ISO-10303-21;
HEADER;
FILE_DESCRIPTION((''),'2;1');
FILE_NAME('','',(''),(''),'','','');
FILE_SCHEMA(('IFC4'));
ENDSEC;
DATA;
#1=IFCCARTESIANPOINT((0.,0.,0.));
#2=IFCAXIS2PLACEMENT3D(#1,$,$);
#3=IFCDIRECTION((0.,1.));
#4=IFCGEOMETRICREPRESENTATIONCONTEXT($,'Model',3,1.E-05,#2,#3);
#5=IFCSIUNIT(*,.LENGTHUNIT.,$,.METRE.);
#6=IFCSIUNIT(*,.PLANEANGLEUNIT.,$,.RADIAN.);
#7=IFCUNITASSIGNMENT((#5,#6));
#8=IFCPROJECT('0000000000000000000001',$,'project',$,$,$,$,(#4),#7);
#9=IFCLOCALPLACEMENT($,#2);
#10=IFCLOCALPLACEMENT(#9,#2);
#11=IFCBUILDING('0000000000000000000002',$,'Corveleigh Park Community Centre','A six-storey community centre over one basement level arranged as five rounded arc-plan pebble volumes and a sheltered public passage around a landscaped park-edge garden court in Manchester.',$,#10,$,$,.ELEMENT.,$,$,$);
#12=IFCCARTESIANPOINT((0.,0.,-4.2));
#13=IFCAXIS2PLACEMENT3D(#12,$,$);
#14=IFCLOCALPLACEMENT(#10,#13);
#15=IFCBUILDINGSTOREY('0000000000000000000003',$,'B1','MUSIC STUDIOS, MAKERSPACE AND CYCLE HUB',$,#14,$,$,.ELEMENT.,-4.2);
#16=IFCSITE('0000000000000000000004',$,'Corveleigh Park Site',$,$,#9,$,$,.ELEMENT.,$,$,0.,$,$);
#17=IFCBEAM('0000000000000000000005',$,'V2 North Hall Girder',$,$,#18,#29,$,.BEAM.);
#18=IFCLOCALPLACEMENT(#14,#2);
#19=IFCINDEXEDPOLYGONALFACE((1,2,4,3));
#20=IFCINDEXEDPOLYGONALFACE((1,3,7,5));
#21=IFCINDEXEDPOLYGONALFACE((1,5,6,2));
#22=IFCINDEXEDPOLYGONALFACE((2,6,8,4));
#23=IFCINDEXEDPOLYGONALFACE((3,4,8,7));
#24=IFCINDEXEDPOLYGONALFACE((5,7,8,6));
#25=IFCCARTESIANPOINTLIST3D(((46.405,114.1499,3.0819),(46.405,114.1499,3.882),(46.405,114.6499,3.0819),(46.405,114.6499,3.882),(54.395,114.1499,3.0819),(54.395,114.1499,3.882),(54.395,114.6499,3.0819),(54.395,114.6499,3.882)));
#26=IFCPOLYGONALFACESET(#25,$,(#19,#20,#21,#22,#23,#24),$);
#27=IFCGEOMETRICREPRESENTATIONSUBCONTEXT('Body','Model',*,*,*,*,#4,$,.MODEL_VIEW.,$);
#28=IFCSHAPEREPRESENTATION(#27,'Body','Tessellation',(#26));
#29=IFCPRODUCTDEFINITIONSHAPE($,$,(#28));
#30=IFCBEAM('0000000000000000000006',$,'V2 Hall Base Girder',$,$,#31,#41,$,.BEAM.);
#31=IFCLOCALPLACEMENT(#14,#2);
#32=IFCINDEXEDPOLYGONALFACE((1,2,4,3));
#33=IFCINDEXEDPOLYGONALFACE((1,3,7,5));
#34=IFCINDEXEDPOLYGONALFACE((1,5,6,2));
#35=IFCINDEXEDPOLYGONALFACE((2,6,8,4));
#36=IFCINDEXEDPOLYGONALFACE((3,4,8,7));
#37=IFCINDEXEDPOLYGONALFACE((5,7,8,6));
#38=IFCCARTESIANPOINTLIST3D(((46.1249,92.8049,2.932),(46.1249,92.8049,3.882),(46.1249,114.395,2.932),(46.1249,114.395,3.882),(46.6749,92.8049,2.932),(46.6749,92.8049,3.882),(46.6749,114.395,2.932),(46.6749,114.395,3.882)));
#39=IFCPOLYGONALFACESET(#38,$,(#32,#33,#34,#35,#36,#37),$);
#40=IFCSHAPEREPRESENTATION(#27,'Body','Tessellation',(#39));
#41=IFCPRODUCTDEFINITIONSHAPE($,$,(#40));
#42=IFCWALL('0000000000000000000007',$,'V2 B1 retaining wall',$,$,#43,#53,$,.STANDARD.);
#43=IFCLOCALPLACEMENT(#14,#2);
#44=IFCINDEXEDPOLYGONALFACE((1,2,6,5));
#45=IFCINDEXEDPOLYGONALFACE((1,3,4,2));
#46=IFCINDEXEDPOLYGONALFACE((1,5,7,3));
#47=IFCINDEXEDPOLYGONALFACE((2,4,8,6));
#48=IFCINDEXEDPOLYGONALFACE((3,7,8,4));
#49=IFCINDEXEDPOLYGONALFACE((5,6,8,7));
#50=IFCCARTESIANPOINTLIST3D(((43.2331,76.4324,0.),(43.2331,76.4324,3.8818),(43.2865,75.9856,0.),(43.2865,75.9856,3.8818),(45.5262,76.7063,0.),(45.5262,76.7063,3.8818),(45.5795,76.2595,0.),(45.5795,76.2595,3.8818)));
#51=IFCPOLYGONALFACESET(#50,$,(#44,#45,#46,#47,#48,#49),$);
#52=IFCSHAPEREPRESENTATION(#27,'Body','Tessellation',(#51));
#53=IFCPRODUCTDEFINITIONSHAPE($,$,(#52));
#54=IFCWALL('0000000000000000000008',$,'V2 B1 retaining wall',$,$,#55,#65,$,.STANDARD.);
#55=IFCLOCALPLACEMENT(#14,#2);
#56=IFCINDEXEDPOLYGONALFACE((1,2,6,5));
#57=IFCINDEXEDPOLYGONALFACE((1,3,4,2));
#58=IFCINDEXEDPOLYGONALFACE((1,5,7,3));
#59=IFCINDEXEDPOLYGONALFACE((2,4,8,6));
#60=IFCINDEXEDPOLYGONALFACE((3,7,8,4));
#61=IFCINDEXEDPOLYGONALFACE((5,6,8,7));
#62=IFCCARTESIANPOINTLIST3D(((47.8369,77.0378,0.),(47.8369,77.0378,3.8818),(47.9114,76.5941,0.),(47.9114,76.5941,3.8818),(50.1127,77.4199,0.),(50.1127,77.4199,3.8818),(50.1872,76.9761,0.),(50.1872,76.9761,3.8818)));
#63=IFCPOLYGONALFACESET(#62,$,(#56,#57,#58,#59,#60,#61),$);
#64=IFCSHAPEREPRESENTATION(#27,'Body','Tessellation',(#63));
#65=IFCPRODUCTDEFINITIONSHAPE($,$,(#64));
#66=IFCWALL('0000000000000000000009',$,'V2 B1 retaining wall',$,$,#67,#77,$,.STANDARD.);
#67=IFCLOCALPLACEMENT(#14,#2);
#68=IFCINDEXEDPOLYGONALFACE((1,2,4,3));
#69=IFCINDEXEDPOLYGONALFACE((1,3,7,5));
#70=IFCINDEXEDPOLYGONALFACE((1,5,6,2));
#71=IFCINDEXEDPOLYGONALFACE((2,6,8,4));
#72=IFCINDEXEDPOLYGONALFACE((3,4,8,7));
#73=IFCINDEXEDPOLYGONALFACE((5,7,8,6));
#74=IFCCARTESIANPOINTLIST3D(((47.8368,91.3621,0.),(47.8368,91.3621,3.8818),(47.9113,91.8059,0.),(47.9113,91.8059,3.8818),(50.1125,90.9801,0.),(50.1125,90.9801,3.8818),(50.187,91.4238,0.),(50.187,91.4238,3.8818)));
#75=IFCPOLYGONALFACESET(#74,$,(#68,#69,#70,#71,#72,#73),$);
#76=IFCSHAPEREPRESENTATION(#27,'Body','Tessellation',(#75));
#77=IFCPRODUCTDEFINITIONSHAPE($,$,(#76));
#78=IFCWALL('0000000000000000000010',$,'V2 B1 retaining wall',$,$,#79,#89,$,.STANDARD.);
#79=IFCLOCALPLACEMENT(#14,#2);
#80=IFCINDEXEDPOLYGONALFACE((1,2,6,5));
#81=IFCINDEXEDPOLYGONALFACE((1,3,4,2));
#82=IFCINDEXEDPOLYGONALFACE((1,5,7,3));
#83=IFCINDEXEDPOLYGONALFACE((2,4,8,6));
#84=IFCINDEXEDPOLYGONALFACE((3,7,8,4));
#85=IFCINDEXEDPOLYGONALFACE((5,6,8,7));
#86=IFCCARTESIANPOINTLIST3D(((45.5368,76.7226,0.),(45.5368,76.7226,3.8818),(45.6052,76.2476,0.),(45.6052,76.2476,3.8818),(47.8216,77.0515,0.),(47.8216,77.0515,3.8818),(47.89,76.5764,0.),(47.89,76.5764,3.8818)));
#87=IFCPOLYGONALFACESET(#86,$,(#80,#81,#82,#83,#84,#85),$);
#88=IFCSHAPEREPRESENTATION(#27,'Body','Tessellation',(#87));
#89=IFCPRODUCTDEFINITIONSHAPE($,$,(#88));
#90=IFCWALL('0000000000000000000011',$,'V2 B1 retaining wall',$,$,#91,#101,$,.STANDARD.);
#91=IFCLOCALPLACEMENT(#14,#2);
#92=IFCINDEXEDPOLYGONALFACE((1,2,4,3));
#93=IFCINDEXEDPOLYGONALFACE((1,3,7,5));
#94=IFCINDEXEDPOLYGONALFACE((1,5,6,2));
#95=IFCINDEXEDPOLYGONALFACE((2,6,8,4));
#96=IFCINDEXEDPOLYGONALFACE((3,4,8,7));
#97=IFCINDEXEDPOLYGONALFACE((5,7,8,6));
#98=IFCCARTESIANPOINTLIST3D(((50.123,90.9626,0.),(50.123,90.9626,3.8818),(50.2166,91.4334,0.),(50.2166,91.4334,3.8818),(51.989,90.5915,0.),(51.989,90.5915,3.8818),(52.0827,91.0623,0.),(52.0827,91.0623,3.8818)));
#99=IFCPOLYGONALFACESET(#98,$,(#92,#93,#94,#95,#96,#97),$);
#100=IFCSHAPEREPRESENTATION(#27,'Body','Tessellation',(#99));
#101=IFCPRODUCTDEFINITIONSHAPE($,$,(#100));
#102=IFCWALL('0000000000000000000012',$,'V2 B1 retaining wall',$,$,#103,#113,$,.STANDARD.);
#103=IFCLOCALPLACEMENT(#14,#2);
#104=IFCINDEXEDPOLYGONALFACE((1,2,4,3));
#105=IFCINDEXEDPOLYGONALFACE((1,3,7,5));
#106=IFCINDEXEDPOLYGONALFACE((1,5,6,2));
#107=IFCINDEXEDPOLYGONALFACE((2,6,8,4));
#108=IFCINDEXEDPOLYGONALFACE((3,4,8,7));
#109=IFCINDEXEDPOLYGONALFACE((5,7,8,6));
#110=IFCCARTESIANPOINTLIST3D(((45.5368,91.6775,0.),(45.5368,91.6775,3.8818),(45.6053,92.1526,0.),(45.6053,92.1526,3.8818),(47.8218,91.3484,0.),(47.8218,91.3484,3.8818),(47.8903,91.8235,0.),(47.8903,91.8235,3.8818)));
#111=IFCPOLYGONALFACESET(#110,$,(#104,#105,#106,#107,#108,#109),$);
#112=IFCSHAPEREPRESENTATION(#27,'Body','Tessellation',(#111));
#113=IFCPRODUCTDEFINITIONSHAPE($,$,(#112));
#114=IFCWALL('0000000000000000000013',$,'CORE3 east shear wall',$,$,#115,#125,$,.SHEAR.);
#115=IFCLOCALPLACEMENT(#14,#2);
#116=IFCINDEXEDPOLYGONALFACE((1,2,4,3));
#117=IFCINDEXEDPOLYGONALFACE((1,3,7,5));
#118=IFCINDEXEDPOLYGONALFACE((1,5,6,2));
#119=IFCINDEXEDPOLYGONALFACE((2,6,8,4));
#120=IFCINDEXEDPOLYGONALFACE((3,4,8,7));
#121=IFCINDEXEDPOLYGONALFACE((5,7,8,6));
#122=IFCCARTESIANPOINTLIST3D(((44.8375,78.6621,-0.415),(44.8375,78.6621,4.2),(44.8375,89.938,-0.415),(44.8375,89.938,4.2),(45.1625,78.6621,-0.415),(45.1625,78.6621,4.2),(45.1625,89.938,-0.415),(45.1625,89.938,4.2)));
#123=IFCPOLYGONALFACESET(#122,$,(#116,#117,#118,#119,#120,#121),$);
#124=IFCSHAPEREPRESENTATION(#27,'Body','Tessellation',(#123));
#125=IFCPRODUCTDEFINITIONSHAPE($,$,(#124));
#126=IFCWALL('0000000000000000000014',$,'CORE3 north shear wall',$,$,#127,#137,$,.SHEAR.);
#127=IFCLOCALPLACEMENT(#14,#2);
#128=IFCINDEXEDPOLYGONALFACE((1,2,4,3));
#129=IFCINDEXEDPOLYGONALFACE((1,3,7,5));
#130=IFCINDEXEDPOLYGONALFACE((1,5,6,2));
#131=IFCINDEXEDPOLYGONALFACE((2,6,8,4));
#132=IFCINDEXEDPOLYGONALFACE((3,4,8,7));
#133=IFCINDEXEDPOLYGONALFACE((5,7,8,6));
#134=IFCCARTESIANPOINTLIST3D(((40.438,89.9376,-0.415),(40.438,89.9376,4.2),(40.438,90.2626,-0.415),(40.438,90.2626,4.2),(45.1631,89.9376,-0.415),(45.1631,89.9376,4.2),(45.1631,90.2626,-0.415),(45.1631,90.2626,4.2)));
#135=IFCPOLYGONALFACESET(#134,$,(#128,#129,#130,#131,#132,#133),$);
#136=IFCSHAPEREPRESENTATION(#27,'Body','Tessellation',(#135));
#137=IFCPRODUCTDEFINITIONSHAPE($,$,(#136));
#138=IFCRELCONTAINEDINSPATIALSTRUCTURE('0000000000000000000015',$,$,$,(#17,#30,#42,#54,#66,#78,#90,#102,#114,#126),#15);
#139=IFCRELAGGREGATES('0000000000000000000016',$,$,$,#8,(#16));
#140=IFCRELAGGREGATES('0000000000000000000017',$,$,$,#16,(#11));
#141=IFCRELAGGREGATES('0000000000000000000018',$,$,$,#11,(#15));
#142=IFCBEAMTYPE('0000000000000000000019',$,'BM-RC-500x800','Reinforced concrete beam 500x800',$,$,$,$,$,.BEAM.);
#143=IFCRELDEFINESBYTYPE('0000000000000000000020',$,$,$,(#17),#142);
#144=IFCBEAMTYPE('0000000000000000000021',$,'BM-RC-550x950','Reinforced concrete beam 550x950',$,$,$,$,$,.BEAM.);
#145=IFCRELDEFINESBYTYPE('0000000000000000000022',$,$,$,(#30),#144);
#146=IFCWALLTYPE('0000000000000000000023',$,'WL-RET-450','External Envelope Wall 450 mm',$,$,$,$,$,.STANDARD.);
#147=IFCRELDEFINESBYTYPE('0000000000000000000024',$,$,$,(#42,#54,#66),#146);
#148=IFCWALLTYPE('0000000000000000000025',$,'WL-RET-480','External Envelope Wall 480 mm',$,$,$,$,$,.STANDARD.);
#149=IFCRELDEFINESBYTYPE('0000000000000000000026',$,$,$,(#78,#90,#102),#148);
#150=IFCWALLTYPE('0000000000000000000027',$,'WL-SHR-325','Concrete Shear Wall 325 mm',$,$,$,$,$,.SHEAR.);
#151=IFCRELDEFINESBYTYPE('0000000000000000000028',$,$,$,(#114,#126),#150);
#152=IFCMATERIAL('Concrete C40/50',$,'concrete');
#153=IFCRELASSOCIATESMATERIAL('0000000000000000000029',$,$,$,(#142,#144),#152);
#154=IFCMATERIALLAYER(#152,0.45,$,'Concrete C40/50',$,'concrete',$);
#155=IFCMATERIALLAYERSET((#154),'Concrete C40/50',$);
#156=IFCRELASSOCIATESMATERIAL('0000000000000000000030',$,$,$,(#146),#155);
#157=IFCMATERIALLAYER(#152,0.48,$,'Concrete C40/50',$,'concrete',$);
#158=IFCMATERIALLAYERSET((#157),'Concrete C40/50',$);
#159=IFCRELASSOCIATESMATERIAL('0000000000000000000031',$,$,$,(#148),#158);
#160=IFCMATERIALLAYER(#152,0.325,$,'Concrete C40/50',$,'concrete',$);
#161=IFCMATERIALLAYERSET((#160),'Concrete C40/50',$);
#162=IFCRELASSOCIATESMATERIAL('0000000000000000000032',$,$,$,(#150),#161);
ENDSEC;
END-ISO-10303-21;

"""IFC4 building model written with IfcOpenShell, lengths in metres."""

from ifc_helpers import new_model, si_unit, direction, frame, frame_2d, origin, origin_2d, place, context, subcontext, project, spatial, rectangle, extrude, material, layer, layer_set, material_profile, profile_set, type_object, element, save


model = new_model("IFC4")

# Units and contexts
model_context = context("Model", 3, precision=1e-05, world=origin(), true_north=direction((0.0, 1.0)))
body_context = subcontext(model_context, "Body", "Model", "MODEL_VIEW")
ifc_project = project(units=[si_unit("LENGTHUNIT", "METRE"), si_unit("PLANEANGLEUNIT", "RADIAN")], contexts=[model_context])

# Site, building, storey
site_placement = place(None, origin())
site = spatial("IfcSite", under=ifc_project, at=site_placement, Name="Corveleigh Park Site", CompositionType="ELEMENT", RefElevation=0.0)
building_placement = place(site_placement, origin())
building = spatial("IfcBuilding", under=site, at=building_placement, Name="Corveleigh Park Community Centre", Description="A six-storey community centre over one basement level arranged as five rounded arc-plan pebble volumes and a sheltered public passage around a landscaped park-edge garden court in Manchester.", CompositionType="ELEMENT")
storey_placement = place(building_placement, frame((0.0, 0.0, -4.2)))
storey = spatial("IfcBuildingStorey", under=building, at=storey_placement, Name="B1", Description="MUSIC STUDIOS, MAKERSPACE AND CYCLE HUB", CompositionType="ELEMENT", Elevation=-4.2)

# Shared definitions
ifc_material_1 = material(Name="Concrete C40/50", Category="concrete")

# Beams
ifc_material_profile_1 = material_profile(ifc_material_1, rectangle(XDim=0.5, YDim=0.8, at=origin_2d()), Name="RC-500x800", Category="concrete")
ifc_profile_set_1 = profile_set([ifc_material_profile_1], Name="Concrete C40/50")
beam_type_1 = type_object("IfcBeamType", Name="BM-RC-500x800", Description="Reinforced concrete beam 500x800", PredefinedType="BEAM", material=ifc_profile_set_1)
beam_1_placement = place(storey_placement, frame((46.405, 114.3999, 3.4819), z_axis=(1.0, 0.0, 0.0), x_axis=(0.0, 1.0, 0.0)))
element("IfcBeam", 1, at=beam_1_placement, inside=storey, type_object=beam_type_1, Name="V2 North Hall Girder", PredefinedType="BEAM", context=body_context, shape_type="SweptSolid", body=[
    extrude(rectangle(XDim=0.5, YDim=0.8, at=origin_2d()), origin(), (0.0, 0.0, 1.0), 7.99),
])
ifc_material_profile_2 = material_profile(ifc_material_1, rectangle(XDim=0.55, YDim=0.95, at=origin_2d()), Name="RC-550x950", Category="concrete")
ifc_profile_set_2 = profile_set([ifc_material_profile_2], Name="Concrete C40/50")
beam_type_2 = type_object("IfcBeamType", Name="BM-RC-550x950", Description="Reinforced concrete beam 550x950", PredefinedType="BEAM", material=ifc_profile_set_2)
beam_2_placement = place(storey_placement, frame((46.3999, 92.8049, 3.407), z_axis=(0.0, 1.0, 0.0), x_axis=(-1.0, 0.0, 0.0)))
element("IfcBeam", 2, at=beam_2_placement, inside=storey, type_object=beam_type_2, Name="V2 Hall Base Girder", PredefinedType="BEAM", context=body_context, shape_type="SweptSolid", body=[
    extrude(rectangle(XDim=0.55, YDim=0.95, at=origin_2d()), origin(), (0.0, 0.0, 1.0), 21.5901),
])

# Walls
ifc_layer_1 = layer(ifc_material_1, 0.45, Name="Concrete C40/50", Category="concrete")
ifc_layer_set_1 = layer_set([ifc_layer_1], Name="Concrete C40/50")
wall_type_1 = type_object("IfcWallType", Name="WL-RET-450", Description="External Envelope Wall 450 mm", PredefinedType="STANDARD", material=ifc_layer_set_1)
wall_1_placement = place(storey_placement, frame((45.553, 76.4829, 0.0), z_axis=(0.0, 0.0, 1.0), x_axis=(-0.99294, -0.11862, 0.0)))
element("IfcWall", 3, at=wall_1_placement, inside=storey, type_object=wall_type_1, Name="V2 B1 retaining wall", PredefinedType="STANDARD", context=body_context, shape_type="SweptSolid", body=[
    extrude(rectangle(XDim=2.3093, YDim=0.45, at=frame_2d((1.1548, 0.0))), origin(), (0.0, 0.0, 1.0), 3.8818),
])
for number, where, z_axis, x_axis, name in (
    (4, (50.1499, 77.198, 0.0), (0.0, 0.0, 1.0), (-0.986199, -0.165565, 0.0), "V2 B1 retaining wall"),
    (5, (47.874, 91.584, 0.0), (0.0, 0.0, 1.0), (0.986199, -0.165565, 0.0), "V2 B1 retaining wall"),
):
    element("IfcWall", number, at=place(storey_placement, frame(where, z_axis=z_axis, x_axis=x_axis)), inside=storey, type_object=wall_type_1, Name=name, PredefinedType="STANDARD", context=body_context, shape_type="SweptSolid", body=[
        extrude(rectangle(XDim=2.3076, YDim=0.45, at=frame_2d((1.1538, 0.0))), origin(), (0.0, 0.0, 1.0), 3.8818),
    ])
ifc_layer_2 = layer(ifc_material_1, 0.48, Name="Concrete C40/50", Category="concrete")
ifc_layer_set_2 = layer_set([ifc_layer_2], Name="Concrete C40/50")
wall_type_2 = type_object("IfcWallType", Name="WL-RET-480", Description="External Envelope Wall 480 mm", PredefinedType="STANDARD", material=ifc_layer_set_2)
wall_2_placement = place(storey_placement, frame((47.856, 76.814, 0.0), z_axis=(0.0, 0.0, 1.0), x_axis=(-0.989801, -0.142458, 0.0)))
element("IfcWall", 6, at=wall_2_placement, inside=storey, type_object=wall_type_2, Name="V2 B1 retaining wall", PredefinedType="STANDARD", context=body_context, shape_type="SweptSolid", body=[
    extrude(rectangle(XDim=2.3083, YDim=0.48, at=frame_2d((1.1543, 0.0))), origin(), (0.0, 0.0, 1.0), 3.8818),
])
wall_3_placement = place(storey_placement, frame((50.1699, 91.198, 0.0), z_axis=(0.0, 0.0, 1.0), x_axis=(0.980792, -0.195055, 0.0)))
element("IfcWall", 7, at=wall_3_placement, inside=storey, type_object=wall_type_2, Name="V2 B1 retaining wall", PredefinedType="STANDARD", context=body_context, shape_type="SweptSolid", body=[
    extrude(rectangle(XDim=1.9026, YDim=0.48, at=frame_2d((0.9512, 0.0))), origin(), (0.0, 0.0, 1.0), 3.8818),
])
wall_4_placement = place(storey_placement, frame((45.571, 91.915, 0.0), z_axis=(0.0, 0.0, 1.0), x_axis=(0.989786, -0.142561, 0.0)))
element("IfcWall", 8, at=wall_4_placement, inside=storey, type_object=wall_type_2, Name="V2 B1 retaining wall", PredefinedType="STANDARD", context=body_context, shape_type="SweptSolid", body=[
    extrude(rectangle(XDim=2.3086, YDim=0.48, at=frame_2d((1.1543, 0.0))), origin(), (0.0, 0.0, 1.0), 3.8818),
])
ifc_layer_3 = layer(ifc_material_1, 0.325, Name="Concrete C40/50", Category="concrete")
ifc_layer_set_3 = layer_set([ifc_layer_3], Name="Concrete C40/50")
wall_type_3 = type_object("IfcWallType", Name="WL-SHR-325", Description="Concrete Shear Wall 325 mm", PredefinedType="SHEAR", material=ifc_layer_set_3)
wall_5_placement = place(storey_placement, frame((45.0, 78.6621, -0.415), z_axis=(0.0, 0.0, 1.0), x_axis=(0.0, 1.0, 0.0)))
element("IfcWall", 9, at=wall_5_placement, inside=storey, type_object=wall_type_3, Name="CORE3 east shear wall", PredefinedType="SHEAR", context=body_context, shape_type="SweptSolid", body=[
    extrude(rectangle(XDim=11.2759, YDim=0.325, at=frame_2d((5.6379, 0.0))), origin(), (0.0, 0.0, 1.0), 4.615),
])
wall_6_placement = place(storey_placement, frame((45.1631, 90.1001, -0.415), z_axis=(0.0, 0.0, 1.0), x_axis=(-1.0, 0.0, 0.0)))
element("IfcWall", 10, at=wall_6_placement, inside=storey, type_object=wall_type_3, Name="CORE3 north shear wall", PredefinedType="SHEAR", context=body_context, shape_type="SweptSolid", body=[
    extrude(rectangle(XDim=4.7251, YDim=0.325, at=frame_2d((2.3625, 0.0))), origin(), (0.0, 0.0, 1.0), 4.615),
])

save(model, "model.ifc")
